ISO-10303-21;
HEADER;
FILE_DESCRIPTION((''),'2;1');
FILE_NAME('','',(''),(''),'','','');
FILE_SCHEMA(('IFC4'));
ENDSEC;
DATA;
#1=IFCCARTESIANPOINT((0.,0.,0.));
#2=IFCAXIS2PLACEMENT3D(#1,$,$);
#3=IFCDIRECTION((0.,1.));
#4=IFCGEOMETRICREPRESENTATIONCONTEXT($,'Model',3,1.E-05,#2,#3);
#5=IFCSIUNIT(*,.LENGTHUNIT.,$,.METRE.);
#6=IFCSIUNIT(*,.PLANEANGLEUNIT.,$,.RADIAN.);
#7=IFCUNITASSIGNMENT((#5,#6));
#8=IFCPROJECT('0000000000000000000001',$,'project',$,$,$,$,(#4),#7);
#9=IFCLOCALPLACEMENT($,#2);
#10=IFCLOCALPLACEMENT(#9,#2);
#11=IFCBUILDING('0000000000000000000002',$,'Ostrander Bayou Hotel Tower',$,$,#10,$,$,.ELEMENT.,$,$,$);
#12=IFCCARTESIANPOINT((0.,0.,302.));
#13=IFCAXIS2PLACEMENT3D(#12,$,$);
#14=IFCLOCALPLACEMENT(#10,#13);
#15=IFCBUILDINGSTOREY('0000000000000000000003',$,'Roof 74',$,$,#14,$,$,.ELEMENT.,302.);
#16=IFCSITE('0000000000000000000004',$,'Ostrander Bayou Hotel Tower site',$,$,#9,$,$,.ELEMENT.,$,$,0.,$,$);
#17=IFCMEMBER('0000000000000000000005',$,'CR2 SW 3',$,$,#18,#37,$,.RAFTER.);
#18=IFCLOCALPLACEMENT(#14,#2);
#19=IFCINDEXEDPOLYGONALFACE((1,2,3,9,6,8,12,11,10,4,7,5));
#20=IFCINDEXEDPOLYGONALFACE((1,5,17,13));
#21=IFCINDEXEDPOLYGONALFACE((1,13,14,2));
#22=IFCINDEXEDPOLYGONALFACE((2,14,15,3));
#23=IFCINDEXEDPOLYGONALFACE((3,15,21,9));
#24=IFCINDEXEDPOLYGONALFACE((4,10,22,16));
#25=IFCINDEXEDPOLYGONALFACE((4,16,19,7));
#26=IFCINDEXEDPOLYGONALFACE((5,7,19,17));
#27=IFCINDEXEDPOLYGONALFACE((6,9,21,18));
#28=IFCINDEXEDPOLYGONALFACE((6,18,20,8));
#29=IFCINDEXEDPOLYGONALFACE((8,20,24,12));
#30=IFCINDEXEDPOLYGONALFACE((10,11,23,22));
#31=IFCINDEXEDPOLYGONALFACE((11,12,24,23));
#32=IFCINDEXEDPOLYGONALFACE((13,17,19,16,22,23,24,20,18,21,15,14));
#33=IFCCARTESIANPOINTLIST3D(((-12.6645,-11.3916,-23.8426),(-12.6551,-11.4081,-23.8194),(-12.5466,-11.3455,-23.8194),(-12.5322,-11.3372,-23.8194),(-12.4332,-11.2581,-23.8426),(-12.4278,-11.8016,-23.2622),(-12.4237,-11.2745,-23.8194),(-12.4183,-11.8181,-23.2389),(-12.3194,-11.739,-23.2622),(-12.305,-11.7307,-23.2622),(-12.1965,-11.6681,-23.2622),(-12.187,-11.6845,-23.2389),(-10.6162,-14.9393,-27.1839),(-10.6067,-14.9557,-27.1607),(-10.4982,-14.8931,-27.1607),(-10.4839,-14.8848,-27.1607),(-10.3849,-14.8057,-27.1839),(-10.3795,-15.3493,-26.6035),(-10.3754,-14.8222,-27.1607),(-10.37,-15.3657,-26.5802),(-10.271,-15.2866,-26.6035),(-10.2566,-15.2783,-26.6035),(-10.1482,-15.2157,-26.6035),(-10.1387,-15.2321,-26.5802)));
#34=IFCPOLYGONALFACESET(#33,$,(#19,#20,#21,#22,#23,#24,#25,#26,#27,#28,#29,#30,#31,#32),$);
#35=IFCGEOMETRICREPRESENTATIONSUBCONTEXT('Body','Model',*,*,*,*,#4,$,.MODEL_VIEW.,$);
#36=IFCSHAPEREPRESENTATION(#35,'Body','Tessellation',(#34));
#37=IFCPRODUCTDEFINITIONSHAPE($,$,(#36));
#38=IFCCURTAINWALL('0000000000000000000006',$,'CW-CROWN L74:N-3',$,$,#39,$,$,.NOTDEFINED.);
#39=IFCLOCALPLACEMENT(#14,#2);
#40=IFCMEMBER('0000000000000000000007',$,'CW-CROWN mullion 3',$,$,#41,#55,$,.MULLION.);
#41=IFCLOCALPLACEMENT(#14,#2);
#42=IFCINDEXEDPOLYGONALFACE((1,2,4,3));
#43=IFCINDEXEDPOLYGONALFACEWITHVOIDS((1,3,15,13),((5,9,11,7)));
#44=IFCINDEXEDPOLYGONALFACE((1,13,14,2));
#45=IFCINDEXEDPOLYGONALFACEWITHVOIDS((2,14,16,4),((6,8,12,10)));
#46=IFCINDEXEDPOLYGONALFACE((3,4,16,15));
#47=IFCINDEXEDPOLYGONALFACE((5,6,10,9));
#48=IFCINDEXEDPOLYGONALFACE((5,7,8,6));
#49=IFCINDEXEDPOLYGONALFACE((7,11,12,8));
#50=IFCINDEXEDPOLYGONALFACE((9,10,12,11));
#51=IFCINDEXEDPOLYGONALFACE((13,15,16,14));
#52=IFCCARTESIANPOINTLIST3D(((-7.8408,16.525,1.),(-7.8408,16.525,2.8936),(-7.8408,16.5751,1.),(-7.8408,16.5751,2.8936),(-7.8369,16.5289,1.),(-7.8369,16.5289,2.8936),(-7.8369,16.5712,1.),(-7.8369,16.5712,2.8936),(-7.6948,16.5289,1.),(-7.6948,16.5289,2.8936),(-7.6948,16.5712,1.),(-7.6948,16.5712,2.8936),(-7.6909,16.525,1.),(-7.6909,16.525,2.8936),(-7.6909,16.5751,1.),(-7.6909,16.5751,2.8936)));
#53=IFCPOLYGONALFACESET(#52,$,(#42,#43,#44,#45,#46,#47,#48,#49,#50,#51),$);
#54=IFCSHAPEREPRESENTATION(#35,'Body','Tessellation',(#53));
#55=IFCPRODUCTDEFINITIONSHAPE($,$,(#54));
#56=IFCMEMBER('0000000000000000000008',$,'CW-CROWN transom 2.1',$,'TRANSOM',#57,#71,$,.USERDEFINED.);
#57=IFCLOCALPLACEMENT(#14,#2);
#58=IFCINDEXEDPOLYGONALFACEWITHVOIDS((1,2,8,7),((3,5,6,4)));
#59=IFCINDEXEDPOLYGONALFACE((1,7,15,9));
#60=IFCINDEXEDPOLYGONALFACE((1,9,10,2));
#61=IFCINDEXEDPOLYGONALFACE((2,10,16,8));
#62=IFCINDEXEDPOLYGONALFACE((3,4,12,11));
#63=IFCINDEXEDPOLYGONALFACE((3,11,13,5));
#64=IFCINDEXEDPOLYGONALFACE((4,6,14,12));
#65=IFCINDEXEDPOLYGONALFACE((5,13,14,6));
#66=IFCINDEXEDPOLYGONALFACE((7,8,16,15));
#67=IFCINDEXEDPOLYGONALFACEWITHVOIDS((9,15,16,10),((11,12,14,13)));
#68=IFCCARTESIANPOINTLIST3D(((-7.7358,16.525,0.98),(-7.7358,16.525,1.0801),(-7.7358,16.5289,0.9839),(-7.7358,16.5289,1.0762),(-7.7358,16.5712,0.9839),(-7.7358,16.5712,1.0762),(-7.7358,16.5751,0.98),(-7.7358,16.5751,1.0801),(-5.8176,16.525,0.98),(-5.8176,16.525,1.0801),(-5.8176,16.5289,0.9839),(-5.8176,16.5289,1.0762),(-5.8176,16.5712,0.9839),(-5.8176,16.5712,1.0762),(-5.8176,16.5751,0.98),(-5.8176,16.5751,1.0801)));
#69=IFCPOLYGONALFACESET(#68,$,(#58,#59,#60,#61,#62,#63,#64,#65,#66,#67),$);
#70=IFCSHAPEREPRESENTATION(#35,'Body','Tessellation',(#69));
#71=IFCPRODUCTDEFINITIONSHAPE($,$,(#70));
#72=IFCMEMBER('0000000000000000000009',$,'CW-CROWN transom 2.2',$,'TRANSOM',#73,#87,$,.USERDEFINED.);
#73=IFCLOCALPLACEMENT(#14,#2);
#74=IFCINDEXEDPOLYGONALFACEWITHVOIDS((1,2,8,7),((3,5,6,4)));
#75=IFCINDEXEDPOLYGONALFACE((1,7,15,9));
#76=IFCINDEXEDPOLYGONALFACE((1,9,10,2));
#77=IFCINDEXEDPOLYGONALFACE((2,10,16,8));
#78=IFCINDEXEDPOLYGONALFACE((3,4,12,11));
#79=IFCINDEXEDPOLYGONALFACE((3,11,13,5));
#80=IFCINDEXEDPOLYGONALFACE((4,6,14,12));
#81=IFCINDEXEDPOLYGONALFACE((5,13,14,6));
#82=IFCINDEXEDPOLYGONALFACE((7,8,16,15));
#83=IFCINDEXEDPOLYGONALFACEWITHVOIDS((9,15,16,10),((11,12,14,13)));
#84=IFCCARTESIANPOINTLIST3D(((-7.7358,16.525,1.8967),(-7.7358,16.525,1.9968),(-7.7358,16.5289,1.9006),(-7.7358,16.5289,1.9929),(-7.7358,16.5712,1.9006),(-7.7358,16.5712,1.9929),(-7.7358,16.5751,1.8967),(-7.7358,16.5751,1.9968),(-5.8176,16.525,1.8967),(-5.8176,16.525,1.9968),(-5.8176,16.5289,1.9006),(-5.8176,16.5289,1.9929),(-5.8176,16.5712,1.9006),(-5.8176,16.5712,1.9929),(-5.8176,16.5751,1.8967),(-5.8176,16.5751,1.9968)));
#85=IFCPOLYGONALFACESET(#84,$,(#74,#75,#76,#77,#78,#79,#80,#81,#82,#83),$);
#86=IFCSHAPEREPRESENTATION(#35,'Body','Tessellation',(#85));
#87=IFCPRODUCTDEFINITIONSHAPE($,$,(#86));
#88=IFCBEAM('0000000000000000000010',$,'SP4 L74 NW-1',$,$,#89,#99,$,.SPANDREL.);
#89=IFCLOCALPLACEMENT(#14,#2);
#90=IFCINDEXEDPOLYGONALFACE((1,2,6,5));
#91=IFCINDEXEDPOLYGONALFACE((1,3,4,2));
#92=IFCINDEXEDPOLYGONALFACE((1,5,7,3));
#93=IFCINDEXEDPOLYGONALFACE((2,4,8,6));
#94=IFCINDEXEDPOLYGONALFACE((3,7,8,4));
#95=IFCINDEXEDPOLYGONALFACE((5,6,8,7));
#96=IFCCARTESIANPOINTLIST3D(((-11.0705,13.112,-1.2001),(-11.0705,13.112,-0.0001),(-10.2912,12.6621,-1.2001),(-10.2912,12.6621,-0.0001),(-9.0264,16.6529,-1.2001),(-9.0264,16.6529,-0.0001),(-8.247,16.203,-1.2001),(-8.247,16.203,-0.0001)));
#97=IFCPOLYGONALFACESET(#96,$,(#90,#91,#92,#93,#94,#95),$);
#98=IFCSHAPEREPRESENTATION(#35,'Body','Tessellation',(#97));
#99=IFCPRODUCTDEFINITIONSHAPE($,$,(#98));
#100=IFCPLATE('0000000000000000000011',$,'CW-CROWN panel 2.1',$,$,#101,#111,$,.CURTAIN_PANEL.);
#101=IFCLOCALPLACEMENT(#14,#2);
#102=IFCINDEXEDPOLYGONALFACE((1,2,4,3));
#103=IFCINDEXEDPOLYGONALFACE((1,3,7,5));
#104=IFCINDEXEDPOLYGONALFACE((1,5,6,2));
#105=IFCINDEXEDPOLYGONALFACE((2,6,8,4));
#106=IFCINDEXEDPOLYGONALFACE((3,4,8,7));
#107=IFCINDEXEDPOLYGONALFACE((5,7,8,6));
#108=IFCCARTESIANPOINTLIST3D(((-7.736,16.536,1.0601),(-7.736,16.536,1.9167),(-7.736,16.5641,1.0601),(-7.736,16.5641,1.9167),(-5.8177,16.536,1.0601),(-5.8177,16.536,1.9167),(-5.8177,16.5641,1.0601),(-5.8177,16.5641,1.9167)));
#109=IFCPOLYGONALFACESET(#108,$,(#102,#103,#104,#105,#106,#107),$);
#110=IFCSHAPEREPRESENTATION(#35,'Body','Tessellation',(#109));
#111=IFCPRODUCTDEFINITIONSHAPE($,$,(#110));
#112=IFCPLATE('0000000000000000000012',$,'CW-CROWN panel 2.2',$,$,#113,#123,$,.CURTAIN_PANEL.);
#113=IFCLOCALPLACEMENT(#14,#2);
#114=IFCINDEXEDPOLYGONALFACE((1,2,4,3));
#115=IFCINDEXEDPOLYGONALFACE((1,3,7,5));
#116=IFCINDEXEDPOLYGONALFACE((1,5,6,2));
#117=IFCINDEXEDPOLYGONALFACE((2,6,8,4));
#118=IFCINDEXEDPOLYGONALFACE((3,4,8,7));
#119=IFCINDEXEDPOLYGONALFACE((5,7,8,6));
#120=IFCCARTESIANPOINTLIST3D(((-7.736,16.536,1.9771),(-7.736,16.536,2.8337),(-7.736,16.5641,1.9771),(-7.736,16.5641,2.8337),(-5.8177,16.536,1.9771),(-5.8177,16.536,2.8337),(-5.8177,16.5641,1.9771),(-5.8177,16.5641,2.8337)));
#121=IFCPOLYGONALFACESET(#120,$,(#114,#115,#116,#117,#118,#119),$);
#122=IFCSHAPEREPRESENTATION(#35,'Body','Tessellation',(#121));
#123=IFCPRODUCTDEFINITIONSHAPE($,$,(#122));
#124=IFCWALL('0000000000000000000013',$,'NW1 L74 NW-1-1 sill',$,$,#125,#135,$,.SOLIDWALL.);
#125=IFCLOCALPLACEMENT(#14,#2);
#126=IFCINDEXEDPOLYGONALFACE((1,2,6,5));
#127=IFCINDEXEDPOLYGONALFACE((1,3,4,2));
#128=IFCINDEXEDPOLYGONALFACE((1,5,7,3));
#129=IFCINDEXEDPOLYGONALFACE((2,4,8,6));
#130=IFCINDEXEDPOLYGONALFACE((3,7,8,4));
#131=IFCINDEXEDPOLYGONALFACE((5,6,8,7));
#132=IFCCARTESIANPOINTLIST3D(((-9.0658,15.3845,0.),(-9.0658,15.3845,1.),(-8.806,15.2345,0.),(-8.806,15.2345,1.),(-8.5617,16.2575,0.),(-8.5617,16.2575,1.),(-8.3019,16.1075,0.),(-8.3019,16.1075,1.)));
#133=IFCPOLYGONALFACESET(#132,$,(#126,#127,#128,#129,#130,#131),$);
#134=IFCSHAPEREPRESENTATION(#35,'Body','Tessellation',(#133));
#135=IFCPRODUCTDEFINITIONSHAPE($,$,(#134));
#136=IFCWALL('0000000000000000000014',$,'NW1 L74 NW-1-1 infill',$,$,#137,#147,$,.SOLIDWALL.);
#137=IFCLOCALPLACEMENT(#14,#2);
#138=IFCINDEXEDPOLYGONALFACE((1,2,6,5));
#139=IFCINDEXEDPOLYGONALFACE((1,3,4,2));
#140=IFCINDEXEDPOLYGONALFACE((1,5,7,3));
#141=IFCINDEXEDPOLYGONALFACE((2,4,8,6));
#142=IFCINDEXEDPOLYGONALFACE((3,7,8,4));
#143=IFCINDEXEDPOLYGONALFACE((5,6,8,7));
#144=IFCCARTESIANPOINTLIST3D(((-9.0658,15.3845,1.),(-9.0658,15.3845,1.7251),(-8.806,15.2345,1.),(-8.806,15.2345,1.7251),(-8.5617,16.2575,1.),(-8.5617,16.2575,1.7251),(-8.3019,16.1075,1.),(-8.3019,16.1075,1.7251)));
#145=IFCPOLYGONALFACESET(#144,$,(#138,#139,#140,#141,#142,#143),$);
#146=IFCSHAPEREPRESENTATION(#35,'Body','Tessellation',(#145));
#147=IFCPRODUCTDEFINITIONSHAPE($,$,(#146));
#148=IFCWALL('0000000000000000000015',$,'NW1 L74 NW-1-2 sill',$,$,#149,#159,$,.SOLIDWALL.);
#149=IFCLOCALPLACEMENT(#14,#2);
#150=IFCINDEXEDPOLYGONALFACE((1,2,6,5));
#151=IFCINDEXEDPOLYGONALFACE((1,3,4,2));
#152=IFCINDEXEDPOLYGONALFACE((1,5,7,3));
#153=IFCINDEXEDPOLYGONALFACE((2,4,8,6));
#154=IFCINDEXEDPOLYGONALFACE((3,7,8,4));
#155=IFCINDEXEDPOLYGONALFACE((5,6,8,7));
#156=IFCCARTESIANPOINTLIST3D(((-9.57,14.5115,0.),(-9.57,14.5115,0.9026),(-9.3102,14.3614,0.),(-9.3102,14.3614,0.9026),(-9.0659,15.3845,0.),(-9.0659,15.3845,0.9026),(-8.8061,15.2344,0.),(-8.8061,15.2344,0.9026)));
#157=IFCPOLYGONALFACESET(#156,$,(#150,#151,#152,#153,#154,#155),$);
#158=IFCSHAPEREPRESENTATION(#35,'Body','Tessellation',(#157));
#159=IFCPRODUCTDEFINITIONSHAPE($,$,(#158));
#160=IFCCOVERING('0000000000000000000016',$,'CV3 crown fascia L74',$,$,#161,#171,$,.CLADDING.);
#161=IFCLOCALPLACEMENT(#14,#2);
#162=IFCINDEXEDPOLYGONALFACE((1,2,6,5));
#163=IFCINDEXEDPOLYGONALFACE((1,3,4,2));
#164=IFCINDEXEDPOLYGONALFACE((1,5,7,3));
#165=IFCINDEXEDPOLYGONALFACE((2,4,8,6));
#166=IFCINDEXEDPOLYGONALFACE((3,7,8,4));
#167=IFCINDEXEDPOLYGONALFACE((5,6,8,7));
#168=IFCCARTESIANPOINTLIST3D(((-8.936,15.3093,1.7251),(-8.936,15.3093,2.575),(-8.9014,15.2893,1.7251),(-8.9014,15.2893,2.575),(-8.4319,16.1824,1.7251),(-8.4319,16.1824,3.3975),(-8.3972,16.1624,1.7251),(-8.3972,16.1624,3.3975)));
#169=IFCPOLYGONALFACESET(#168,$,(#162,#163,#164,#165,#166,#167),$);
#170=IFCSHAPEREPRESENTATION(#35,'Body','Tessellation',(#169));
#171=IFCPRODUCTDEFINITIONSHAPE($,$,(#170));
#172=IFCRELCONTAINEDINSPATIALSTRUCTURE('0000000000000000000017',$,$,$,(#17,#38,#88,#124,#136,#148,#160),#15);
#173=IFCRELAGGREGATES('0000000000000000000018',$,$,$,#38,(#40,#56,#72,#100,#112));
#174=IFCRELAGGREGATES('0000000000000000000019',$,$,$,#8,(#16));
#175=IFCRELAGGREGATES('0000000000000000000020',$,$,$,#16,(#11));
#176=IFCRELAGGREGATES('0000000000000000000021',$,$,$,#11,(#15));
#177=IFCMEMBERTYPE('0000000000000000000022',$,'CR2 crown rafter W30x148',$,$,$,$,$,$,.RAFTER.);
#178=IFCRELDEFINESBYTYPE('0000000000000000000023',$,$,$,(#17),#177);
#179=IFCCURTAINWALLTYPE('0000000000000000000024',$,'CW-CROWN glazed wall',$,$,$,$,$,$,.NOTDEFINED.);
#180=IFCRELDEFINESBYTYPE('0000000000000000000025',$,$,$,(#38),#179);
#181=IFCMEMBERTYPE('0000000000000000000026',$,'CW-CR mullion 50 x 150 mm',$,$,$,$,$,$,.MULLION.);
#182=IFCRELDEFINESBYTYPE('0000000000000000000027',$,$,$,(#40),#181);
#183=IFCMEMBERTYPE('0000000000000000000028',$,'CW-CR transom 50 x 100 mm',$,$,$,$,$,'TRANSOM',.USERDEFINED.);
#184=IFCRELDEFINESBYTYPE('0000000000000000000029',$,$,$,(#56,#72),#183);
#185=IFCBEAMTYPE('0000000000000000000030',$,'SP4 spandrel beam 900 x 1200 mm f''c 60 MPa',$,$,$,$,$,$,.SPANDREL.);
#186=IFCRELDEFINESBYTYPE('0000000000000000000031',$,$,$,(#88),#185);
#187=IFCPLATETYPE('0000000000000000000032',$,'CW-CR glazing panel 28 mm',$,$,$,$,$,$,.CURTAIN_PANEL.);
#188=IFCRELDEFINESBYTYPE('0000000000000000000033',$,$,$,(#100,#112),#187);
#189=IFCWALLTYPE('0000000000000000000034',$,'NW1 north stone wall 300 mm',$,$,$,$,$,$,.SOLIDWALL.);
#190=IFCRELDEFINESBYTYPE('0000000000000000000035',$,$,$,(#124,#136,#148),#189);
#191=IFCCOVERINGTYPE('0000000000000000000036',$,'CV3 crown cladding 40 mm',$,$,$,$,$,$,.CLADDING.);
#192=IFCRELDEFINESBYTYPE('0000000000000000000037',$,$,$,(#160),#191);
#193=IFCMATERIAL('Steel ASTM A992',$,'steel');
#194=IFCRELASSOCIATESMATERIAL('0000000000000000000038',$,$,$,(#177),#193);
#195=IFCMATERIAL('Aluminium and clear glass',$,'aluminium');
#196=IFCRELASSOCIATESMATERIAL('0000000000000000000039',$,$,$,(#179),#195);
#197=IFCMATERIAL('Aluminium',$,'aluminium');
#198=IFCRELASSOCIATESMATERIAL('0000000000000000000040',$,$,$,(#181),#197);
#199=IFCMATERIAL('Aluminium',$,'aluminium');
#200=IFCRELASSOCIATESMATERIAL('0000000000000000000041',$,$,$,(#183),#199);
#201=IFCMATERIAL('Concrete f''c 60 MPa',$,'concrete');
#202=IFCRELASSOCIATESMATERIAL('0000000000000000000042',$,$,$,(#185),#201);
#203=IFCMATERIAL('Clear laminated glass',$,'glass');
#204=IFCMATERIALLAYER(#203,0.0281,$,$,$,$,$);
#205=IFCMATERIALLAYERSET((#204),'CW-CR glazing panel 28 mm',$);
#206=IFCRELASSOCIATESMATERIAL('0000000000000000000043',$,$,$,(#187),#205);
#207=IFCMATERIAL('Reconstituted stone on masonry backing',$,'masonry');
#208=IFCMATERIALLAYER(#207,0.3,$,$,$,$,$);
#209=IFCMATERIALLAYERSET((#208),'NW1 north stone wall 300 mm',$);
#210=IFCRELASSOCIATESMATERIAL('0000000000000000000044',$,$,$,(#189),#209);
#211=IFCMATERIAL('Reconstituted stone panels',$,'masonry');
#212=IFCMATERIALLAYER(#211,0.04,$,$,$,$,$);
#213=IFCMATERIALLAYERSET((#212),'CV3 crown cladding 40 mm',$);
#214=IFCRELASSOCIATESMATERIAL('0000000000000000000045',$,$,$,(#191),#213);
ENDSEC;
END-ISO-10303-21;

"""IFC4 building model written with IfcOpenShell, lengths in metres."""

from ifc_helpers import new_model, si_unit, direction, frame, frame_2d, origin, origin_2d, place, context, subcontext, project, spatial, polyline, rectangle, hollow_rectangle, i_section, outline, extrude, material, layer, layer_set, material_profile, profile_set, type_object, element, aggregate, save


model = new_model("IFC4")

# Units and contexts
model_context = context("Model", 3, precision=1e-05, world=origin(), true_north=direction((0.0, 1.0)))
body_context = subcontext(model_context, "Body", "Model", "MODEL_VIEW")
ifc_project = project(units=[si_unit("LENGTHUNIT", "METRE"), si_unit("PLANEANGLEUNIT", "RADIAN")], contexts=[model_context])

# Site, building, storey
site_placement = place(None, origin())
site = spatial("IfcSite", under=ifc_project, at=site_placement, Name="Ostrander Bayou Hotel Tower site", CompositionType="ELEMENT", RefElevation=0.0)
building_placement = place(site_placement, origin())
building = spatial("IfcBuilding", under=site, at=building_placement, Name="Ostrander Bayou Hotel Tower", CompositionType="ELEMENT")
storey_placement = place(building_placement, frame((0.0, 0.0, 302.0)))
storey = spatial("IfcBuildingStorey", under=building, at=storey_placement, Name="Roof 74", CompositionType="ELEMENT", Elevation=302.0)

# Member
ifc_material_1 = material(Name="Steel ASTM A992", Category="steel")
ifc_material_profile_1 = material_profile(ifc_material_1, i_section(OverallWidth=0.2671, OverallDepth=0.7791, WebThickness=0.0166, FlangeThickness=0.03, at=origin_2d()))
ifc_profile_set_1 = profile_set([ifc_material_profile_1], Name="Steel ASTM A992")
member_type_1 = type_object("IfcMemberType", Name="CR2 crown rafter W30x148", PredefinedType="RAFTER", material=ifc_profile_set_1)
member_1_placement = place(storey_placement, frame((-12.4258, -11.5381, -23.5408), z_axis=(0.387477, -0.671088, -0.632063), x_axis=(0.866012, 0.500023, 0.0)))
element("IfcMember", 1, at=member_1_placement, inside=storey, type_object=member_type_1, Name="CR2 SW 3", PredefinedType="RAFTER", context=body_context, shape_type="SweptSolid", body=[
    extrude(i_section(OverallWidth=0.2671, OverallDepth=0.7791, WebThickness=0.0166, FlangeThickness=0.03, at=origin_2d()), origin(), (0.0, 0.0, 1.0), 5.2864),
])

# Curtain wall, members
ifc_material_2 = material(Name="Aluminium and clear glass", Category="aluminium")
curtain_wall_type = type_object("IfcCurtainWallType", Name="CW-CROWN glazed wall", PredefinedType="NOTDEFINED", material=ifc_material_2)
curtain_wall_placement = place(storey_placement, origin())
curtain_wall = element("IfcCurtainWall", 2, at=curtain_wall_placement, inside=storey, type_object=curtain_wall_type, Name="CW-CROWN L74:N-3", PredefinedType="NOTDEFINED")
ifc_material_3 = material(Name="Aluminium", Category="aluminium")
ifc_material_profile_2 = material_profile(ifc_material_3, hollow_rectangle(XDim=0.05, YDim=0.1499, WallThickness=0.0039, at=origin_2d()))
ifc_profile_set_2 = profile_set([ifc_material_profile_2], Name="Aluminium")
member_type_2 = type_object("IfcMemberType", Name="CW-CR mullion 50 x 150 mm", PredefinedType="MULLION", material=ifc_profile_set_2)
member_2_placement = place(storey_placement, frame((-7.7659, 16.55, 1.0), z_axis=(0.0, 0.0, 1.0), x_axis=(0.0, -1.0, 0.0)))
member_2 = element("IfcMember", 3, at=member_2_placement, type_object=member_type_2, Name="CW-CROWN mullion 3", PredefinedType="MULLION", context=body_context, shape_type="SweptSolid", body=[
    extrude(hollow_rectangle(XDim=0.05, YDim=0.1499, WallThickness=0.0039, at=origin_2d()), origin(), (0.0, 0.0, 1.0), 1.8936),
])
ifc_material_4 = material(Name="Aluminium", Category="aluminium")
ifc_material_profile_3 = material_profile(ifc_material_4, hollow_rectangle(XDim=0.05, YDim=0.1001, WallThickness=0.0039, at=origin_2d()))
ifc_profile_set_3 = profile_set([ifc_material_profile_3], Name="Aluminium")
member_type_3 = type_object("IfcMemberType", Name="CW-CR transom 50 x 100 mm", ElementType="TRANSOM", PredefinedType="USERDEFINED", material=ifc_profile_set_3)
member_3_placement = place(storey_placement, frame((-5.8176, 16.55, 1.03), z_axis=(-1.0, 0.0, 0.0), x_axis=(0.0, -1.0, 0.0)))
member_3 = element("IfcMember", 4, at=member_3_placement, type_object=member_type_3, Name="CW-CROWN transom 2.1", ObjectType="TRANSOM", PredefinedType="USERDEFINED", context=body_context, shape_type="SweptSolid", body=[
    extrude(hollow_rectangle(XDim=0.05, YDim=0.1001, WallThickness=0.0039, at=origin_2d()), origin(), (0.0, 0.0, 1.0), 1.9182),
])
member_4_placement = place(storey_placement, frame((-5.8176, 16.55, 1.9468), z_axis=(-1.0, 0.0, 0.0), x_axis=(0.0, -1.0, 0.0)))
member_4 = element("IfcMember", 5, at=member_4_placement, type_object=member_type_3, Name="CW-CROWN transom 2.2", ObjectType="TRANSOM", PredefinedType="USERDEFINED", context=body_context, shape_type="SweptSolid", body=[
    extrude(hollow_rectangle(XDim=0.05, YDim=0.1001, WallThickness=0.0039, at=origin_2d()), origin(), (0.0, 0.0, 1.0), 1.9182),
])

# Beam
ifc_material_5 = material(Name="Concrete f'c 60 MPa", Category="concrete")
ifc_material_profile_4 = material_profile(ifc_material_5, rectangle(XDim=0.8999, YDim=1.2, at=origin_2d()))
ifc_profile_set_4 = profile_set([ifc_material_profile_4], Name="Concrete f'c 60 MPa")
beam_type = type_object("IfcBeamType", Name="SP4 spandrel beam 900 x 1200 mm f'c 60 MPa", PredefinedType="SPANDREL", material=ifc_profile_set_4)
beam_placement = place(storey_placement, frame((-8.6367, 16.428, -0.6001), z_axis=(-0.49996, -0.866048, 0.0), x_axis=(0.866048, -0.49996, 0.0)))
element("IfcBeam", 6, at=beam_placement, inside=storey, type_object=beam_type, Name="SP4 L74 NW-1", PredefinedType="SPANDREL", context=body_context, shape_type="SweptSolid", body=[
    extrude(rectangle(XDim=0.8999, YDim=1.2, at=origin_2d()), origin(), (0.0, 0.0, 1.0), 4.0886),
])

# Plates
ifc_material_6 = material(Name="Clear laminated glass", Category="glass")
ifc_layer_1 = layer(ifc_material_6, 0.0281)
ifc_layer_set_1 = layer_set([ifc_layer_1], Name="CW-CR glazing panel 28 mm")
plate_type = type_object("IfcPlateType", Name="CW-CR glazing panel 28 mm", PredefinedType="CURTAIN_PANEL", material=ifc_layer_set_1)
plate_1_placement = place(storey_placement, frame((-6.7769, 16.55, 1.0601), z_axis=(0.0, 0.0, 1.0), x_axis=(-1.0, 0.0, 0.0)))
plate_1 = element("IfcPlate", 7, at=plate_1_placement, type_object=plate_type, Name="CW-CROWN panel 2.1", PredefinedType="CURTAIN_PANEL", context=body_context, shape_type="SweptSolid", body=[
    extrude(rectangle(XDim=1.9182, YDim=0.0281, at=origin_2d()), origin(), (0.0, 0.0, 1.0), 0.8567),
])
plate_2_placement = place(storey_placement, frame((-6.7769, 16.55, 1.9771), z_axis=(0.0, 0.0, 1.0), x_axis=(-1.0, 0.0, 0.0)))
plate_2 = element("IfcPlate", 8, at=plate_2_placement, type_object=plate_type, Name="CW-CROWN panel 2.2", PredefinedType="CURTAIN_PANEL", context=body_context, shape_type="SweptSolid", body=[
    extrude(rectangle(XDim=1.9182, YDim=0.0281, at=origin_2d()), origin(), (0.0, 0.0, 1.0), 0.8567),
])
aggregate(curtain_wall, [member_2, member_3, member_4, plate_1, plate_2])

# Walls
ifc_material_7 = material(Name="Reconstituted stone on masonry backing", Category="masonry")
ifc_layer_2 = layer(ifc_material_7, 0.3)
ifc_layer_set_2 = layer_set([ifc_layer_2], Name="NW1 north stone wall 300 mm")
wall_type = type_object("IfcWallType", Name="NW1 north stone wall 300 mm", PredefinedType="SOLIDWALL", material=ifc_layer_set_2)
wall_1_placement = place(storey_placement, frame((-8.4319, 16.1824, 0.0), z_axis=(0.0, 0.0, 1.0), x_axis=(-0.500072, -0.865984, 0.0)))
element("IfcWall", 9, at=wall_1_placement, inside=storey, type_object=wall_type, Name="NW1 L74 NW-1-1 sill", PredefinedType="SOLIDWALL", context=body_context, shape_type="SweptSolid", body=[
    extrude(rectangle(XDim=1.0081, YDim=0.3, at=frame_2d((0.5039, 0.0))), origin(), (0.0, 0.0, 1.0), 1.0),
])
wall_2_placement = place(storey_placement, frame((-8.4319, 16.1824, 1.0), z_axis=(0.0, 0.0, 1.0), x_axis=(-0.500072, -0.865984, 0.0)))
element("IfcWall", 10, at=wall_2_placement, inside=storey, type_object=wall_type, Name="NW1 L74 NW-1-1 infill", PredefinedType="SOLIDWALL", context=body_context, shape_type="SweptSolid", body=[
    extrude(rectangle(XDim=1.0081, YDim=0.3, at=frame_2d((0.5039, 0.0))), origin(), (0.0, 0.0, 1.0), 0.7251),
])
wall_3_placement = place(storey_placement, frame((-8.936, 15.3093, 0.0), z_axis=(0.0, 0.0, 1.0), x_axis=(-0.500072, -0.865984, 0.0)))
element("IfcWall", 11, at=wall_3_placement, inside=storey, type_object=wall_type, Name="NW1 L74 NW-1-2 sill", PredefinedType="SOLIDWALL", context=body_context, shape_type="SweptSolid", body=[
    extrude(rectangle(XDim=1.0081, YDim=0.3, at=frame_2d((0.5039, 0.0))), origin(), (0.0, 0.0, 1.0), 0.9026),
])

# Covering
ifc_material_8 = material(Name="Reconstituted stone panels", Category="masonry")
ifc_layer_3 = layer(ifc_material_8, 0.04)
ifc_layer_set_3 = layer_set([ifc_layer_3], Name="CV3 crown cladding 40 mm")
covering_type = type_object("IfcCoveringType", Name="CV3 crown cladding 40 mm", PredefinedType="CLADDING", material=ifc_layer_set_3)
covering_1_placement = place(storey_placement, frame((-8.4319, 16.1824, 1.7251), z_axis=(-0.865984, 0.500072, 0.0), x_axis=(-0.500072, -0.865984, 0.0)))
element("IfcCovering", 12, at=covering_1_placement, inside=storey, type_object=covering_type, Name="CV3 crown fascia L74", PredefinedType="CLADDING", context=body_context, shape_type="SweptSolid", body=[
    extrude(outline(polyline([(0.0, 0.0), (1.0082, 0.0), (1.0082, 0.8499), (0.0, 1.6724), (0.0, 0.0)])), origin(), (0.0, 0.0, -1.0), 0.04),
])

save(model, "model.ifc")
